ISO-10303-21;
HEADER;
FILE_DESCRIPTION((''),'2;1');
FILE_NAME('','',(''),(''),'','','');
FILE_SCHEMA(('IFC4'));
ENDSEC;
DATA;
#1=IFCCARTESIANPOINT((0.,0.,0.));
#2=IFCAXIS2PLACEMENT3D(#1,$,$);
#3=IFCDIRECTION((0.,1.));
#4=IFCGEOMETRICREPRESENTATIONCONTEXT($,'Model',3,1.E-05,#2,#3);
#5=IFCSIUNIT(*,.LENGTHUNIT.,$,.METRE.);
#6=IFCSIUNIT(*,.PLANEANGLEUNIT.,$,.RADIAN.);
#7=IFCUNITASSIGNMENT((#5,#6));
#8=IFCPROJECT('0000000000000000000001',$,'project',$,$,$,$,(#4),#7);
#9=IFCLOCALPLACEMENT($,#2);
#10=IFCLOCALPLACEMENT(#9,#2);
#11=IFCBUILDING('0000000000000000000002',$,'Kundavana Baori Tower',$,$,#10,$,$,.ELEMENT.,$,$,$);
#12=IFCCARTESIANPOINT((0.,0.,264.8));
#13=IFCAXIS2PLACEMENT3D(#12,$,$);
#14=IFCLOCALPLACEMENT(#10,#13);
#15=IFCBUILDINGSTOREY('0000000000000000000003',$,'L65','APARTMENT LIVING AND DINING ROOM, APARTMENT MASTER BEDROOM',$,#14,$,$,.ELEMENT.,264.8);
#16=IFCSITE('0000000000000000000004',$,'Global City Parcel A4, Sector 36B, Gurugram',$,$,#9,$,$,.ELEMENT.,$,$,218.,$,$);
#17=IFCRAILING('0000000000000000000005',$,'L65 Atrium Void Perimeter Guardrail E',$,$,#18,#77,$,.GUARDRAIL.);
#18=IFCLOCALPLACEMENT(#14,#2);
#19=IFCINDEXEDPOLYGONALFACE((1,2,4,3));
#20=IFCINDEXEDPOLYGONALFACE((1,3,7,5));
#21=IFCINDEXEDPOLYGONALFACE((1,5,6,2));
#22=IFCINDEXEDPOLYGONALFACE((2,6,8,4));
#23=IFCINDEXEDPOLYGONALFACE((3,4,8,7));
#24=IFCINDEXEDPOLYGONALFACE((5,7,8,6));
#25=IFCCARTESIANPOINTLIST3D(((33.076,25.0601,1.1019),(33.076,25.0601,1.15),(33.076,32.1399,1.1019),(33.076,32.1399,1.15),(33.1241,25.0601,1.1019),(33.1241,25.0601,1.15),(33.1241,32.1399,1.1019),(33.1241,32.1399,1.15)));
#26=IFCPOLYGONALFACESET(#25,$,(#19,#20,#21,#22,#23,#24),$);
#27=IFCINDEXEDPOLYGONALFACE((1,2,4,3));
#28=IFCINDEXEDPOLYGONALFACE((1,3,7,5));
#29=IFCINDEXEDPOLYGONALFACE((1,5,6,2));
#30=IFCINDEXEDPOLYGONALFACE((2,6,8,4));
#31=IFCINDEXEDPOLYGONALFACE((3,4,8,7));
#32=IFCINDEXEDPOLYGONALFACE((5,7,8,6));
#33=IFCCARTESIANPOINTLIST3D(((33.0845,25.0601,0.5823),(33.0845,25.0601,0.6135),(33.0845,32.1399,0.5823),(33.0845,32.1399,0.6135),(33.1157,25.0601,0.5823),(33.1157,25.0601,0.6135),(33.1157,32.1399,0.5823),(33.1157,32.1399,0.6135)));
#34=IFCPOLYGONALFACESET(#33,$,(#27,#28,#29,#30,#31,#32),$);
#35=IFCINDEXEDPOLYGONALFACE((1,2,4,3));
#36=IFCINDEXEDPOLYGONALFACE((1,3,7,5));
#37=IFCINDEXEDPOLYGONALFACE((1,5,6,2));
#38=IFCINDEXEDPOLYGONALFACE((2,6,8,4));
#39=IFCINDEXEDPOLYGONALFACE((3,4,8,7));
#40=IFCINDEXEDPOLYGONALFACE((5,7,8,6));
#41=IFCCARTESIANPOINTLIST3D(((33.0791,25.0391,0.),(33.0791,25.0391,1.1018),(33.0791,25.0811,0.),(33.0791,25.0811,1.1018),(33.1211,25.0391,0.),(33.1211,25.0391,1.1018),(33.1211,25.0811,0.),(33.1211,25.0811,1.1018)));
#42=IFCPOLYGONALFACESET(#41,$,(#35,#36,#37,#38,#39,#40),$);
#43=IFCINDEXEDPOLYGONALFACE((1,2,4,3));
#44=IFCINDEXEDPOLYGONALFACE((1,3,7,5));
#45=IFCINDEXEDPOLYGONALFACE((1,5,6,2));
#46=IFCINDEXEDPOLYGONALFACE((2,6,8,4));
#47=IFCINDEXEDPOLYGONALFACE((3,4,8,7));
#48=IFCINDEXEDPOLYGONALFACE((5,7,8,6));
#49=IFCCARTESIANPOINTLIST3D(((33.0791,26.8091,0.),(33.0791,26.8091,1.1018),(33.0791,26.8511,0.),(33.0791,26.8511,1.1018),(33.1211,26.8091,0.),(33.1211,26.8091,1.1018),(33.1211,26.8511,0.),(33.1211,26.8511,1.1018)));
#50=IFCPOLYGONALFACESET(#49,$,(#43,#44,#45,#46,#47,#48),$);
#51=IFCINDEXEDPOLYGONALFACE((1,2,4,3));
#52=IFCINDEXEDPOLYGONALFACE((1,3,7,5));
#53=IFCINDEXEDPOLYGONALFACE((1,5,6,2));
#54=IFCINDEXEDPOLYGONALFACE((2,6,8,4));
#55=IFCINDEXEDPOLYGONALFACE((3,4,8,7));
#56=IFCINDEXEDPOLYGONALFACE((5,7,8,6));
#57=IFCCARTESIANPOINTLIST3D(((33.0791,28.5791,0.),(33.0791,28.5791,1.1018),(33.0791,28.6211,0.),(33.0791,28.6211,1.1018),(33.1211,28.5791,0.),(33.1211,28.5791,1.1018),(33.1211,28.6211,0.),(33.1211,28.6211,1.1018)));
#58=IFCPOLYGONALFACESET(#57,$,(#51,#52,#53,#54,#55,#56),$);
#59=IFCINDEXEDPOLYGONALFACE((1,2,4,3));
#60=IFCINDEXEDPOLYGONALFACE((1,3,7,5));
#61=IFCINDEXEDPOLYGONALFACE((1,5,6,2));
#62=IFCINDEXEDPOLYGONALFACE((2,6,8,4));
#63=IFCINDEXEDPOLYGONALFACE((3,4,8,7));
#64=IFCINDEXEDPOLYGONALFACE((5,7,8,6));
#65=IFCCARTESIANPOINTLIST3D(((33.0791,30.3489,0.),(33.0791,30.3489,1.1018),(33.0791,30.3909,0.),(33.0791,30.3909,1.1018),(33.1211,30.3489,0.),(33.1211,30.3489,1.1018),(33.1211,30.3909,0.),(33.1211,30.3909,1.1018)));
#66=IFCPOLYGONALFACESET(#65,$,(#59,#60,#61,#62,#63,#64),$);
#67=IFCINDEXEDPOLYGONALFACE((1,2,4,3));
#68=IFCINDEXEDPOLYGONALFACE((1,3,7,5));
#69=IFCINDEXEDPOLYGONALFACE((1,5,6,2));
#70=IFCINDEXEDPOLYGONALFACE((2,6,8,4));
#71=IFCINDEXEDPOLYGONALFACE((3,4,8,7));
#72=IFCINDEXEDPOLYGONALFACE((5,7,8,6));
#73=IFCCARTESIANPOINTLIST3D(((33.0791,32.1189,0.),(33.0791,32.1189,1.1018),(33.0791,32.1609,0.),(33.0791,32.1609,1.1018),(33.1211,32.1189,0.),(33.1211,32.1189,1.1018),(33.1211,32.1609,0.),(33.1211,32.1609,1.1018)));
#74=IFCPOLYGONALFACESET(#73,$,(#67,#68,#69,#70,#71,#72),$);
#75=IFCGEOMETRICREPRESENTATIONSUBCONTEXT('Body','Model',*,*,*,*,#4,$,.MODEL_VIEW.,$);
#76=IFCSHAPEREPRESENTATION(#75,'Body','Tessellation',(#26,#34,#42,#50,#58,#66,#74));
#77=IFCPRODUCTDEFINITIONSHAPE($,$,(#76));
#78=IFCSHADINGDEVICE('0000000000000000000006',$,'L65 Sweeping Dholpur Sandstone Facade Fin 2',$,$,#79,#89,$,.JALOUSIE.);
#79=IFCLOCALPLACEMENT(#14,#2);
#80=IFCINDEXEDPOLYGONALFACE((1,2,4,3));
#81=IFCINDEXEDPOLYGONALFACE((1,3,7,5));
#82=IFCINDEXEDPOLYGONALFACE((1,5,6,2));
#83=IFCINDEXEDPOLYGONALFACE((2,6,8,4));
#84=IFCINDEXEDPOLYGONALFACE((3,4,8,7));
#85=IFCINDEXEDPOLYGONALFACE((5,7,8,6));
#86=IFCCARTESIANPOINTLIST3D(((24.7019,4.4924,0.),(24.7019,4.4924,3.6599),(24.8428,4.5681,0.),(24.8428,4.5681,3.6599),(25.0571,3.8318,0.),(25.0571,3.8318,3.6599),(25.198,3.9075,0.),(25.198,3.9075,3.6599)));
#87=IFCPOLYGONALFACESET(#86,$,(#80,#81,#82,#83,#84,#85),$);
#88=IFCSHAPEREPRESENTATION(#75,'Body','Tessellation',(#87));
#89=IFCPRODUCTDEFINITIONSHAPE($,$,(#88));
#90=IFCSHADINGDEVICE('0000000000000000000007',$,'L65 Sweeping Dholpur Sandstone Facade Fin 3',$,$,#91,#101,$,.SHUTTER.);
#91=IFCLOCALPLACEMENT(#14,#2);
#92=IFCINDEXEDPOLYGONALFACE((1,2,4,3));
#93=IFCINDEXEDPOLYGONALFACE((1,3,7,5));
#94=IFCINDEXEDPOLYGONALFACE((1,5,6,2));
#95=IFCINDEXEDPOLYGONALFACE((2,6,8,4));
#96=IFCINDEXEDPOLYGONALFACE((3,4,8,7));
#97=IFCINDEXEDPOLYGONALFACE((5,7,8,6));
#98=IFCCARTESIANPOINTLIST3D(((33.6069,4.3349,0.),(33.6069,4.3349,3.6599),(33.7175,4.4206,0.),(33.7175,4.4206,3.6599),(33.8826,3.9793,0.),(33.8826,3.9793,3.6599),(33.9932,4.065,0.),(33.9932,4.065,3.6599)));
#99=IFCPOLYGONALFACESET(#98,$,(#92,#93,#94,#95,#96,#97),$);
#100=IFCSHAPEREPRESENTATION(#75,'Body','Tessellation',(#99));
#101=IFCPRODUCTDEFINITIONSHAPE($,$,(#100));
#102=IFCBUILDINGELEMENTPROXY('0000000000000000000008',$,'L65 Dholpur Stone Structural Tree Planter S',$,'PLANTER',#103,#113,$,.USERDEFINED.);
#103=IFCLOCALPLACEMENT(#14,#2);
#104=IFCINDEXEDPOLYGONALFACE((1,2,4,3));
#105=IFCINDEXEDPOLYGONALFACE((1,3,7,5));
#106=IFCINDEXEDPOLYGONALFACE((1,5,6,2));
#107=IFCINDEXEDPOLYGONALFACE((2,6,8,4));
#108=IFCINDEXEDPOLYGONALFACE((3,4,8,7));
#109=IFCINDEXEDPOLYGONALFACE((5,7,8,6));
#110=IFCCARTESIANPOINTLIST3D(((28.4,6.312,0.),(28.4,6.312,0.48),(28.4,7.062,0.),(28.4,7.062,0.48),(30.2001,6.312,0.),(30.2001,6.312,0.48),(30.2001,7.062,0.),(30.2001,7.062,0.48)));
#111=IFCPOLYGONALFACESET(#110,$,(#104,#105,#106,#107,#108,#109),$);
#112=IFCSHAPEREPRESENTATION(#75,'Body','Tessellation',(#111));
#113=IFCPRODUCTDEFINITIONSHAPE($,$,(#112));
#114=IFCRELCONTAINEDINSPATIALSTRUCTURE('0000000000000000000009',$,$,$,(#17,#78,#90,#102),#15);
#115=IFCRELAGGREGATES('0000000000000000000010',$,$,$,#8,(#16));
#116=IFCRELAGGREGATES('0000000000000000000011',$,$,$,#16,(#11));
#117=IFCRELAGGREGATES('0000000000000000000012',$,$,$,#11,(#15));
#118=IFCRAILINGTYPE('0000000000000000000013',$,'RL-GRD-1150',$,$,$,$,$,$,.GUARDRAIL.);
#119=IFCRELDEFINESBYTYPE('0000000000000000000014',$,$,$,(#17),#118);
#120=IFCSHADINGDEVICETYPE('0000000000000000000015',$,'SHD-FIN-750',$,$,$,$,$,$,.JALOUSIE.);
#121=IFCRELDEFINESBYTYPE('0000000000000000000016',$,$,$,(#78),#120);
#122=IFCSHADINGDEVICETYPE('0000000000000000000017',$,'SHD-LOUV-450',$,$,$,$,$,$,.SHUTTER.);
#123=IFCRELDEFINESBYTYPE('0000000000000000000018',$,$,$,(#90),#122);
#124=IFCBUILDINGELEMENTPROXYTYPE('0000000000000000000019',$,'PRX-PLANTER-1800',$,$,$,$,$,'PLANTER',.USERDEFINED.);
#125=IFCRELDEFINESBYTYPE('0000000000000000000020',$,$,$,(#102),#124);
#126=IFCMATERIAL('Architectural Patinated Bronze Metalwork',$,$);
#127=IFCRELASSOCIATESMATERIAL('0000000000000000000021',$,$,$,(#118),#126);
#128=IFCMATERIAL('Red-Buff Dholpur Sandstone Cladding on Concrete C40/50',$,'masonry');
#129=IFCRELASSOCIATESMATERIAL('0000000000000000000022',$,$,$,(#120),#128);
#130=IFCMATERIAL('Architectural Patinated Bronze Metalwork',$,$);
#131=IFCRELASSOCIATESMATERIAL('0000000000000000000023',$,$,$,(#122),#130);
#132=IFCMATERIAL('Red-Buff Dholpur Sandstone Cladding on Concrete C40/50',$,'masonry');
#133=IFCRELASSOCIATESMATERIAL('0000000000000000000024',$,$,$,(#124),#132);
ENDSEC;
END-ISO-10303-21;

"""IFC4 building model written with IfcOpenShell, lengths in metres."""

from ifc_helpers import new_model, si_unit, direction, frame, origin, origin_2d, place, context, subcontext, project, spatial, rectangle, extrude, material, type_object, element, save


model = new_model("IFC4")

# Units and contexts
model_context = context("Model", 3, precision=1e-05, world=origin(), true_north=direction((0.0, 1.0)))
body_context = subcontext(model_context, "Body", "Model", "MODEL_VIEW")
ifc_project = project(units=[si_unit("LENGTHUNIT", "METRE"), si_unit("PLANEANGLEUNIT", "RADIAN")], contexts=[model_context])

# Site, building, storey
site_placement = place(None, origin())
site = spatial("IfcSite", under=ifc_project, at=site_placement, Name="Global City Parcel A4, Sector 36B, Gurugram", CompositionType="ELEMENT", RefElevation=218.0)
building_placement = place(site_placement, origin())
building = spatial("IfcBuilding", under=site, at=building_placement, Name="Kundavana Baori Tower", CompositionType="ELEMENT")
storey_placement = place(building_placement, frame((0.0, 0.0, 264.8)))
storey = spatial("IfcBuildingStorey", under=building, at=storey_placement, Name="L65", Description="APARTMENT LIVING AND DINING ROOM, APARTMENT MASTER BEDROOM", CompositionType="ELEMENT", Elevation=264.8)

# Railing
ifc_material_1 = material(Name="Architectural Patinated Bronze Metalwork")
railing_type = type_object("IfcRailingType", Name="RL-GRD-1150", PredefinedType="GUARDRAIL", material=ifc_material_1)
railing_1_placement = place(storey_placement, frame((33.1001, 25.0601, 0.0)))
element("IfcRailing", 1, at=railing_1_placement, inside=storey, type_object=railing_type, Name="L65 Atrium Void Perimeter Guardrail E", PredefinedType="GUARDRAIL", context=body_context, shape_type="SweptSolid", body=[
    extrude(rectangle(XDim=0.0481, YDim=0.0481, at=origin_2d()), frame((0.0, 0.0, 1.126), z_axis=(0.0, 1.0, 0.0), x_axis=(-1.0, 0.0, 0.0)), (0.0, 0.0, 1.0), 7.0798),
    extrude(rectangle(XDim=0.0312, YDim=0.0312, at=origin_2d()), frame((0.0, 0.0, 0.5979), z_axis=(0.0, 1.0, 0.0), x_axis=(-1.0, 0.0, 0.0)), (0.0, 0.0, 1.0), 7.0798),
    extrude(rectangle(XDim=0.042, YDim=0.042, at=origin_2d()), origin(), (0.0, 0.0, 1.0), 1.1018),
    extrude(rectangle(XDim=0.042, YDim=0.042, at=origin_2d()), frame((0.0, 1.77, 0.0)), (0.0, 0.0, 1.0), 1.1018),
    extrude(rectangle(XDim=0.042, YDim=0.042, at=origin_2d()), frame((0.0, 3.54, 0.0)), (0.0, 0.0, 1.0), 1.1018),
    extrude(rectangle(XDim=0.042, YDim=0.042, at=origin_2d()), frame((0.0, 5.3098, 0.0)), (0.0, 0.0, 1.0), 1.1018),
    extrude(rectangle(XDim=0.042, YDim=0.042, at=origin_2d()), frame((0.0, 7.0798, 0.0)), (0.0, 0.0, 1.0), 1.1018),
])

# Shading devices
ifc_material_2 = material(Name="Red-Buff Dholpur Sandstone Cladding on Concrete C40/50", Category="masonry")
shading_device_type_1 = type_object("IfcShadingDeviceType", Name="SHD-FIN-750", PredefinedType="JALOUSIE", material=ifc_material_2)
shading_device_1_placement = place(storey_placement, frame((24.95, 4.2, 0.0), z_axis=(0.0, 0.0, 1.0), x_axis=(0.880725, 0.473627, 0.0)))
element("IfcShadingDevice", 2, at=shading_device_1_placement, inside=storey, type_object=shading_device_type_1, Name="L65 Sweeping Dholpur Sandstone Facade Fin 2", PredefinedType="JALOUSIE", context=body_context, shape_type="SweptSolid", body=[
    extrude(rectangle(XDim=0.1599, YDim=0.75, at=origin_2d()), origin(), (0.0, 0.0, 1.0), 3.6599),
])
ifc_material_3 = material(Name="Architectural Patinated Bronze Metalwork")
shading_device_type_2 = type_object("IfcShadingDeviceType", Name="SHD-LOUV-450", PredefinedType="SHUTTER", material=ifc_material_3)
shading_device_2_placement = place(storey_placement, frame((33.8, 4.2, 0.0), z_axis=(0.0, 0.0, 1.0), x_axis=(0.790262, 0.612769, 0.0)))
element("IfcShadingDevice", 3, at=shading_device_2_placement, inside=storey, type_object=shading_device_type_2, Name="L65 Sweeping Dholpur Sandstone Facade Fin 3", PredefinedType="SHUTTER", context=body_context, shape_type="SweptSolid", body=[
    extrude(rectangle(XDim=0.1399, YDim=0.45, at=origin_2d()), origin(), (0.0, 0.0, 1.0), 3.6599),
])

# Building element proxy
ifc_material_4 = material(Name="Red-Buff Dholpur Sandstone Cladding on Concrete C40/50", Category="masonry")
building_element_proxy_type = type_object("IfcBuildingElementProxyType", Name="PRX-PLANTER-1800", ElementType="PLANTER", PredefinedType="USERDEFINED", material=ifc_material_4)
proxy_placement = place(storey_placement, frame((29.3, 6.687, 0.0), z_axis=(0.0, 0.0, 1.0), x_axis=(1.0, 0.0, 0.0)))
element("IfcBuildingElementProxy", 4, at=proxy_placement, inside=storey, type_object=building_element_proxy_type, Name="L65 Dholpur Stone Structural Tree Planter S", ObjectType="PLANTER", PredefinedType="USERDEFINED", context=body_context, shape_type="SweptSolid", body=[
    extrude(rectangle(XDim=1.8, YDim=0.75, at=origin_2d()), origin(), (0.0, 0.0, 1.0), 0.48),
])

save(model, "model.ifc")
